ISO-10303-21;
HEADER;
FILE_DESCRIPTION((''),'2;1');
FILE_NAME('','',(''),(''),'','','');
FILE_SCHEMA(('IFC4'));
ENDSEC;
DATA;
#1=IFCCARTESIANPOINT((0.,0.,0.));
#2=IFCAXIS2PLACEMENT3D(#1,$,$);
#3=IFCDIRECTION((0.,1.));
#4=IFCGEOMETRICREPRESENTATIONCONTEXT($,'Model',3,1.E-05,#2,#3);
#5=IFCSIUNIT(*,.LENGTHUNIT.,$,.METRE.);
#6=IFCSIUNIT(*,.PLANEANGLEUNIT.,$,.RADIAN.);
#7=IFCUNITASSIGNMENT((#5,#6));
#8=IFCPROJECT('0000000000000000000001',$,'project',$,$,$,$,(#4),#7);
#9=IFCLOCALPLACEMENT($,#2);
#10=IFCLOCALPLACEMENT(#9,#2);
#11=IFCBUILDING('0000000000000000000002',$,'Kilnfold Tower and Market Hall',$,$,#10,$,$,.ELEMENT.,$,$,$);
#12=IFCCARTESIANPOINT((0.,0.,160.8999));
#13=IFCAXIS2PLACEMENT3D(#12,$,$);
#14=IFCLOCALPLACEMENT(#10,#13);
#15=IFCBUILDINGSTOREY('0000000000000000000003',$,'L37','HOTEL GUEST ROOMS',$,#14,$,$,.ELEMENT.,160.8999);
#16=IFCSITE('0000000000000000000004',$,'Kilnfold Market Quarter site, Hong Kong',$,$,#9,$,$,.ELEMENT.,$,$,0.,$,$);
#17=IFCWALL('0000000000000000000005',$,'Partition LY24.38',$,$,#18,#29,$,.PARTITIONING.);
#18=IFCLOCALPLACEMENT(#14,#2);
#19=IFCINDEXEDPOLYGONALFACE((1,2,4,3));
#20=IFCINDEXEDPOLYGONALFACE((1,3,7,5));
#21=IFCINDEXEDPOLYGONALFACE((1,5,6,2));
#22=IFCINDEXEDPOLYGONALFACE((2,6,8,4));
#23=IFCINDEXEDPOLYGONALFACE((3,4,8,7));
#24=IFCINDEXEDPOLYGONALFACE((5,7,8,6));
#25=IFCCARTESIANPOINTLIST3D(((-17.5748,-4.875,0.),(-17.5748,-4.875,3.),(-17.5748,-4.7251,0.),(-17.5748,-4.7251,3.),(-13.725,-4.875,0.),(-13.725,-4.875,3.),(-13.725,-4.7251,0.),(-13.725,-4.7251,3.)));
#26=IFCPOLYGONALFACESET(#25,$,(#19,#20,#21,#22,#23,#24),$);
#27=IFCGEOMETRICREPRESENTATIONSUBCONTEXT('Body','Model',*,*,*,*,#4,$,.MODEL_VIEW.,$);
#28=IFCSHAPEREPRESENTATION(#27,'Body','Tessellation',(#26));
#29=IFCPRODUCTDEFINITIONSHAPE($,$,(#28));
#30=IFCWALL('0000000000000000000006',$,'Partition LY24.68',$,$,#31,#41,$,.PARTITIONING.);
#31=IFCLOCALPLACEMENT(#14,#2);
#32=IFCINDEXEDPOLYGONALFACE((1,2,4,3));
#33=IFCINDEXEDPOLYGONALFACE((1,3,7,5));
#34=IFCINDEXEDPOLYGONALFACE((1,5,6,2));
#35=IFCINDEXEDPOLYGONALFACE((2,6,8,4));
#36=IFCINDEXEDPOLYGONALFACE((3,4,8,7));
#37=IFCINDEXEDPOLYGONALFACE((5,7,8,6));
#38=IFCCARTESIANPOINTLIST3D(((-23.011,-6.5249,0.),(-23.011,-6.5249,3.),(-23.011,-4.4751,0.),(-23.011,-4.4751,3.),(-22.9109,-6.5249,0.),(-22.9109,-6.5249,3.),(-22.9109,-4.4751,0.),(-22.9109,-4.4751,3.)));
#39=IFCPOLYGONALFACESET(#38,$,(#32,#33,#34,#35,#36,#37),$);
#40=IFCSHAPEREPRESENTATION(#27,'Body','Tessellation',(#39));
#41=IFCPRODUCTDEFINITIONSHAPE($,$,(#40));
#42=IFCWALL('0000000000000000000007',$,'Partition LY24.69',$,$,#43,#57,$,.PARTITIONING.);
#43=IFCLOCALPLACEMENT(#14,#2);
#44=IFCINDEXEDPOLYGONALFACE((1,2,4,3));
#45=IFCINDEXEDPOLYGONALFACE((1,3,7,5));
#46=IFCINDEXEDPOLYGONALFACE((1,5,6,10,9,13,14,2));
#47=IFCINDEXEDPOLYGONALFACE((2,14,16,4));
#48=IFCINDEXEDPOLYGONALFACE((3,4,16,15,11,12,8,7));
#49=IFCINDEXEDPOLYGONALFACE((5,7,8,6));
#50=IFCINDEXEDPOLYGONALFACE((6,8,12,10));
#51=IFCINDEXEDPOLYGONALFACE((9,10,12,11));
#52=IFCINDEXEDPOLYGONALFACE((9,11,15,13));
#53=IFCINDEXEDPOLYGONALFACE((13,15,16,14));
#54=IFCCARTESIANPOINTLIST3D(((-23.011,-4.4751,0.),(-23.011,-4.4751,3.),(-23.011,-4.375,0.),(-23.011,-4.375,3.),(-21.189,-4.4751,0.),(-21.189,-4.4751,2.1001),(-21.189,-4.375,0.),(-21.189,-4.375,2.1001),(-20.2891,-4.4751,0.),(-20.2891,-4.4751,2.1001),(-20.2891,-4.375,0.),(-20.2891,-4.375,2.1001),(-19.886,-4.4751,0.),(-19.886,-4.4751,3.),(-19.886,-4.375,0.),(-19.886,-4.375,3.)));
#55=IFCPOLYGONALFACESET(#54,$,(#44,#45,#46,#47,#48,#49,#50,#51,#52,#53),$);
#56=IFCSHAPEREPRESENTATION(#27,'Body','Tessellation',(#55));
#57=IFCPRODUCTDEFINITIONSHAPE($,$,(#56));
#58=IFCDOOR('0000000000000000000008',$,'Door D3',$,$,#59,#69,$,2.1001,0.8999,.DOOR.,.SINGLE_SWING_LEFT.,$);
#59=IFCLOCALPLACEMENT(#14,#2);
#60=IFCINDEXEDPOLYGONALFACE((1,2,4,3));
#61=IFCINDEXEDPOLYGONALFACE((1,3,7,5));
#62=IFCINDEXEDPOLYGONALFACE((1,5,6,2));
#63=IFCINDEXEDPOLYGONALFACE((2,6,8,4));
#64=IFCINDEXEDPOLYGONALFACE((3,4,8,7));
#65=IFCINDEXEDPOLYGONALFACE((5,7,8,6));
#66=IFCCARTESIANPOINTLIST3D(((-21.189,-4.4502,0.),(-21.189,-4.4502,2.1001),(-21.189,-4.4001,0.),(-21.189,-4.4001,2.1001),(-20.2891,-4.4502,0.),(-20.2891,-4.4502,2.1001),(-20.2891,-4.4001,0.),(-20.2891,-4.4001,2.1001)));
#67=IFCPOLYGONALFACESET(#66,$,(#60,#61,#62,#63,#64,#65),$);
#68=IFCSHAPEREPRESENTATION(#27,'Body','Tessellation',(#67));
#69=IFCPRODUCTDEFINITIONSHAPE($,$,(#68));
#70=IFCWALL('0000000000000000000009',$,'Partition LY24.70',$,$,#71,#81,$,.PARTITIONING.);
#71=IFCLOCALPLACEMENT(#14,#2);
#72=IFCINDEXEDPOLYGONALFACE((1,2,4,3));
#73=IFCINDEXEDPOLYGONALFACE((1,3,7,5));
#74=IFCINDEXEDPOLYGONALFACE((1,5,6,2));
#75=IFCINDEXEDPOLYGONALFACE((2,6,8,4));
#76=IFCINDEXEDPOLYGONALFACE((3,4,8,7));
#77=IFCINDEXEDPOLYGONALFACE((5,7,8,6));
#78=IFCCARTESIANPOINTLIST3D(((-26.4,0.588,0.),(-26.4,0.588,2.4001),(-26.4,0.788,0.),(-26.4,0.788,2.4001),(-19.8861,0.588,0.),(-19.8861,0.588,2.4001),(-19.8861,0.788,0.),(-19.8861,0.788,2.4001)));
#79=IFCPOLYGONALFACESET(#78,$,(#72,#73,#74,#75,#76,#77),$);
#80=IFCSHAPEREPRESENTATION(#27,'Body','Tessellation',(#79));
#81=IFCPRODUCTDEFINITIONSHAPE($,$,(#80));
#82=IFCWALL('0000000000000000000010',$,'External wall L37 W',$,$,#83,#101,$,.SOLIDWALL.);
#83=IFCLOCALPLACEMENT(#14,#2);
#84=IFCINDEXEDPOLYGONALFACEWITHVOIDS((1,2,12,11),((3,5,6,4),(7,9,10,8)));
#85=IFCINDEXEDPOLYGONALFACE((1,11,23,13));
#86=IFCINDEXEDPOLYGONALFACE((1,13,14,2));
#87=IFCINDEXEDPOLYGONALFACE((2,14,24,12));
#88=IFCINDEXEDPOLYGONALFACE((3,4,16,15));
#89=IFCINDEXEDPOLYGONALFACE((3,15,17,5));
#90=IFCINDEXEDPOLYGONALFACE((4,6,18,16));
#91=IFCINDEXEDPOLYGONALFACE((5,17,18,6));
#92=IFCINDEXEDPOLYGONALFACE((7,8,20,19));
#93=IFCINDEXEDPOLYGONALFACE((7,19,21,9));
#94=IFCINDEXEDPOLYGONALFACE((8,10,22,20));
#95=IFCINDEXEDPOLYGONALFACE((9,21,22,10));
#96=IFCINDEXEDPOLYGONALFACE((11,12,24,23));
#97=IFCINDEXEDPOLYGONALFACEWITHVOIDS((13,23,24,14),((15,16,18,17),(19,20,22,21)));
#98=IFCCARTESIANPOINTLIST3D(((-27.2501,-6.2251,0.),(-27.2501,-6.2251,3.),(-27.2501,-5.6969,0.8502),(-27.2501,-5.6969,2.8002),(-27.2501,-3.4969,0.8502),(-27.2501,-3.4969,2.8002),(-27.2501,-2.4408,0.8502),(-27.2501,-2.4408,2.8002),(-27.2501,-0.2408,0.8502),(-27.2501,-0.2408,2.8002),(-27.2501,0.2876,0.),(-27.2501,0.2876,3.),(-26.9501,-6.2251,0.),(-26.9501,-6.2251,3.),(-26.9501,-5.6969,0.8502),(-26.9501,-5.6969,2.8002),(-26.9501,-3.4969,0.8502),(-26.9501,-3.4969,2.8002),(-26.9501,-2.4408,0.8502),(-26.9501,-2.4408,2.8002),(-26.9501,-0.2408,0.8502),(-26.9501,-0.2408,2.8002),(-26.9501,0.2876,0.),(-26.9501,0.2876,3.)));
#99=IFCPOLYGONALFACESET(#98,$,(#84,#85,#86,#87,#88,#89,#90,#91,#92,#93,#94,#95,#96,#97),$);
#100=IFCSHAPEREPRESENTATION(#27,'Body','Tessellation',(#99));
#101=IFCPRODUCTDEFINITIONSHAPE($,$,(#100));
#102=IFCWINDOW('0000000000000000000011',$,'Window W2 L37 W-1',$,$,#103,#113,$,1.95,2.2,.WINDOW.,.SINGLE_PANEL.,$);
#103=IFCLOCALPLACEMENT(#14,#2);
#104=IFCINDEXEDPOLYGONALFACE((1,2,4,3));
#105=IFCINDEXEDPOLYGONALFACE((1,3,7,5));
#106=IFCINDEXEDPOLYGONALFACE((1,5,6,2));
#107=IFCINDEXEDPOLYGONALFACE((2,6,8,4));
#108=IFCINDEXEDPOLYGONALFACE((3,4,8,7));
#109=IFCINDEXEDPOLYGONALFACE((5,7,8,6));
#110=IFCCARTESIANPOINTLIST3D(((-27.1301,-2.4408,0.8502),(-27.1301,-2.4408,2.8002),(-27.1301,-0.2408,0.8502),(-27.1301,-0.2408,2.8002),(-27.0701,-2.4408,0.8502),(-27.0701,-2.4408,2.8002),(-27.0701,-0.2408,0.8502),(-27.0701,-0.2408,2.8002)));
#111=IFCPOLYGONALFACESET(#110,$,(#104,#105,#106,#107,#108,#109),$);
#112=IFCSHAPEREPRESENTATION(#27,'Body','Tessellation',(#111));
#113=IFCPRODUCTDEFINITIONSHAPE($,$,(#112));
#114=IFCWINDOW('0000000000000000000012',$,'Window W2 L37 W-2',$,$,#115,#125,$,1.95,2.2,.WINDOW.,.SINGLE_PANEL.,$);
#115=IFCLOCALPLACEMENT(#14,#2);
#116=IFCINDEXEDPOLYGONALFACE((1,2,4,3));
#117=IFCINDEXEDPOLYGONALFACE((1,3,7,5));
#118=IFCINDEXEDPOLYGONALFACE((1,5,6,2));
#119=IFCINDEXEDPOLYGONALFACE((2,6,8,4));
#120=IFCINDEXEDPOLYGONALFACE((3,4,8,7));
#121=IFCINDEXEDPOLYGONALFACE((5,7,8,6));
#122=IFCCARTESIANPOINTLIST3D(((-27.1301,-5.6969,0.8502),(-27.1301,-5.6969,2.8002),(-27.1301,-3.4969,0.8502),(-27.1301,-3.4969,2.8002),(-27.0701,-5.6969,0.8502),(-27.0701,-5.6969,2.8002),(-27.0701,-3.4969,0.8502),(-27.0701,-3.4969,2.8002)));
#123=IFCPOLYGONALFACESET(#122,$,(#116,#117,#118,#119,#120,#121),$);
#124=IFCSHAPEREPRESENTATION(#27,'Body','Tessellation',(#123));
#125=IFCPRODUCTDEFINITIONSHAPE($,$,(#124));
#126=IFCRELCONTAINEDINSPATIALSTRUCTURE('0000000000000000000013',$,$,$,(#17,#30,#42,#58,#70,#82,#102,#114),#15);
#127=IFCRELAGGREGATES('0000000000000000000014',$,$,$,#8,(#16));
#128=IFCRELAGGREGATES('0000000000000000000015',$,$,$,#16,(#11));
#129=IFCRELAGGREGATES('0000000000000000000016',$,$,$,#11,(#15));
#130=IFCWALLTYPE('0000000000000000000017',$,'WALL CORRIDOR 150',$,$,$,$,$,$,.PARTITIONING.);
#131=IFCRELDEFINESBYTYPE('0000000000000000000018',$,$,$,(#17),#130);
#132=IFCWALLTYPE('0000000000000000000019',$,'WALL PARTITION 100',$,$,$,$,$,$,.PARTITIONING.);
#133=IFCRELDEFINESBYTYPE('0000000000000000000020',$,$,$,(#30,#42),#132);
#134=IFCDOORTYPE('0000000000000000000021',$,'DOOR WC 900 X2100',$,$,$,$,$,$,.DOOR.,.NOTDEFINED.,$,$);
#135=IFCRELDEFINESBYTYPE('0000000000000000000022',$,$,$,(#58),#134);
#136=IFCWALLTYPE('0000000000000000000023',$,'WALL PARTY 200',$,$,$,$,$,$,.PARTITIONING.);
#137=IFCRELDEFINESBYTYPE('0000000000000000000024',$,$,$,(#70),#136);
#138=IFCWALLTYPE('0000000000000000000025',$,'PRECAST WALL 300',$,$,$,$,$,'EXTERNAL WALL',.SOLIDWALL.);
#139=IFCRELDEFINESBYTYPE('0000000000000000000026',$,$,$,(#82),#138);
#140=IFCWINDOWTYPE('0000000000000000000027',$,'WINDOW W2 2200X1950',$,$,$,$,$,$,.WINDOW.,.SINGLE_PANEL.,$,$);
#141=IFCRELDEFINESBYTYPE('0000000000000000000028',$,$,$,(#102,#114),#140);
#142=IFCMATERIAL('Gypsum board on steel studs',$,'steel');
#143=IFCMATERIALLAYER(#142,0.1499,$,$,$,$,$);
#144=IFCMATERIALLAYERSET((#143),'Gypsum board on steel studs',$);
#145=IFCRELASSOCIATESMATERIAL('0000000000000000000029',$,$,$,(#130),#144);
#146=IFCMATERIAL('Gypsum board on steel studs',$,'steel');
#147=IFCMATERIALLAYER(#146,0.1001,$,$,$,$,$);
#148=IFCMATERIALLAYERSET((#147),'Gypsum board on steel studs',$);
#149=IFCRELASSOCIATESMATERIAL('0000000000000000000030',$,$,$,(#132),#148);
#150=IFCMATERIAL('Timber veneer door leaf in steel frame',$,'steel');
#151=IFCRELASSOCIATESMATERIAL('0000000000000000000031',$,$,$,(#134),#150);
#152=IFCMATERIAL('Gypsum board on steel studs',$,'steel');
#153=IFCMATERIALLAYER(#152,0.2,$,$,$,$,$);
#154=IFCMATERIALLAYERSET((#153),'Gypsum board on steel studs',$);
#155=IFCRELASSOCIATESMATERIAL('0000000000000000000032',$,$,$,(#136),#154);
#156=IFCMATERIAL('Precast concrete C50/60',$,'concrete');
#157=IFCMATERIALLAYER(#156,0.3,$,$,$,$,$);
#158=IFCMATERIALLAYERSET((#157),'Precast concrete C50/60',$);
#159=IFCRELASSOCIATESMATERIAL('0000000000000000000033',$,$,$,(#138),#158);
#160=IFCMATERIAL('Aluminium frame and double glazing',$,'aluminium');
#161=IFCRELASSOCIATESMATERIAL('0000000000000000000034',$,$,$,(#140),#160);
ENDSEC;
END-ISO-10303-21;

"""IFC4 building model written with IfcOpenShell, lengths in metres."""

from ifc_helpers import new_model, si_unit, direction, frame, frame_2d, origin, place, context, subcontext, project, spatial, rectangle, extrude, source, transform, mapped, material, layer, layer_set, type_object, element, fill, save


model = new_model("IFC4")

# Units and contexts
model_context = context("Model", 3, precision=1e-05, world=origin(), true_north=direction((0.0, 1.0)))
body_context = subcontext(model_context, "Body", "Model", "MODEL_VIEW")
ifc_project = project(units=[si_unit("LENGTHUNIT", "METRE"), si_unit("PLANEANGLEUNIT", "RADIAN")], contexts=[model_context])

# Site, building, storey
site_placement = place(None, origin())
site = spatial("IfcSite", under=ifc_project, at=site_placement, Name="Kilnfold Market Quarter site, Hong Kong", CompositionType="ELEMENT", RefElevation=0.0)
building_placement = place(site_placement, origin())
building = spatial("IfcBuilding", under=site, at=building_placement, Name="Kilnfold Tower and Market Hall", CompositionType="ELEMENT")
storey_placement = place(building_placement, frame((0.0, 0.0, 160.8999)))
storey = spatial("IfcBuildingStorey", under=building, at=storey_placement, Name="L37", Description="HOTEL GUEST ROOMS", CompositionType="ELEMENT", Elevation=160.8999)

# Shared definitions
ifc_material_1 = material(Name="Gypsum board on steel studs", Category="steel")
ifc_layer_1 = layer(ifc_material_1, 0.1499)
ifc_layer_set_1 = layer_set([ifc_layer_1], Name="Gypsum board on steel studs")
wall_type_1 = type_object("IfcWallType", Name="WALL CORRIDOR 150", PredefinedType="PARTITIONING", material=ifc_layer_set_1)

# Walls
wall_1_placement = place(storey_placement, frame((-13.7251, -4.8, 0.0), z_axis=(0.0, 0.0, 1.0), x_axis=(-1.0, 0.0, 0.0)))
element("IfcWall", 1, at=wall_1_placement, inside=storey, type_object=wall_type_1, Name="Partition LY24.38", PredefinedType="PARTITIONING", context=body_context, shape_type="SweptSolid", body=[
    extrude(rectangle(XDim=3.8499, YDim=0.1499, at=frame_2d((1.9248, 0.0))), origin(), (0.0, 0.0, 1.0), 3.0),
])
ifc_material_2 = material(Name="Gypsum board on steel studs", Category="steel")
ifc_layer_2 = layer(ifc_material_2, 0.1001)
ifc_layer_set_2 = layer_set([ifc_layer_2], Name="Gypsum board on steel studs")
wall_type_2 = type_object("IfcWallType", Name="WALL PARTITION 100", PredefinedType="PARTITIONING", material=ifc_layer_set_2)
wall_2_placement = place(storey_placement, frame((-22.9609, -6.5249, 0.0), z_axis=(0.0, 0.0, 1.0), x_axis=(0.0, 1.0, 0.0)))
element("IfcWall", 2, at=wall_2_placement, inside=storey, type_object=wall_type_2, Name="Partition LY24.68", PredefinedType="PARTITIONING", context=body_context, shape_type="SweptSolid", body=[
    extrude(rectangle(XDim=2.0498, YDim=0.1001, at=frame_2d((1.0249, 0.0))), origin(), (0.0, 0.0, 1.0), 3.0),
])

# Wall, opening, door
wall_3_placement = place(storey_placement, frame((-23.011, -4.425, 0.0), z_axis=(0.0, 0.0, 1.0), x_axis=(1.0, 0.0, 0.0)))
wall_3 = element("IfcWall", 3, at=wall_3_placement, inside=storey, type_object=wall_type_2, Name="Partition LY24.69", PredefinedType="PARTITIONING", context=body_context, shape_type="SweptSolid", body=[
    extrude(rectangle(XDim=3.125, YDim=0.1001, at=frame_2d((1.5625, 0.0))), origin(), (0.0, 0.0, 1.0), 3.0),
])
opening_1_placement = place(wall_3_placement, frame((1.822, 0.0, 0.0)))
opening_1 = element("IfcOpeningElement", 4, at=opening_1_placement, cuts=wall_3, PredefinedType="OPENING", context=body_context, shape_type="SweptSolid", body=[
    extrude(rectangle(XDim=0.8999, YDim=2.1001, at=frame_2d((0.45, 1.05))), frame((0.0, 0.0601, 0.0), z_axis=(0.0, -1.0, 0.0), x_axis=(1.0, 0.0, 0.0)), (0.0, 0.0, 1.0), 0.1201),
])
ifc_material_3 = material(Name="Timber veneer door leaf in steel frame", Category="steel")
door_type_1 = type_object("IfcDoorType", Name="DOOR WC 900 X2100", OperationType="NOTDEFINED", PredefinedType="DOOR", material=ifc_material_3)
door_1_placement = place(opening_1_placement, origin())
door_1 = element("IfcDoor", 5, at=door_1_placement, inside=storey, type_object=door_type_1, Name="Door D3", OperationType="SINGLE_SWING_LEFT", OverallHeight=2.1001, OverallWidth=0.8999, PredefinedType="DOOR", context=body_context, shape_type="SweptSolid", body=[
    extrude(rectangle(XDim=0.8999, YDim=2.1001, at=frame_2d((0.45, 1.05))), frame((0.0, 0.0249, 0.0), z_axis=(0.0, -1.0, 0.0), x_axis=(1.0, 0.0, 0.0)), (0.0, 0.0, 1.0), 0.05),
])
fill(opening_1, door_1)

# Wall
ifc_material_4 = material(Name="Gypsum board on steel studs", Category="steel")
ifc_layer_3 = layer(ifc_material_4, 0.2)
ifc_layer_set_3 = layer_set([ifc_layer_3], Name="Gypsum board on steel studs")
wall_type_3 = type_object("IfcWallType", Name="WALL PARTY 200", PredefinedType="PARTITIONING", material=ifc_layer_set_3)
wall_4_placement = place(storey_placement, frame((-26.3999, 0.688, 0.0), z_axis=(0.0, 0.0, 1.0), x_axis=(1.0, 0.0, 0.0)))
element("IfcWall", 6, at=wall_4_placement, inside=storey, type_object=wall_type_3, Name="Partition LY24.70", PredefinedType="PARTITIONING", context=body_context, shape_type="SweptSolid", body=[
    extrude(rectangle(XDim=6.5139, YDim=0.2, at=frame_2d((3.2568, 0.0))), origin(), (0.0, 0.0, 1.0), 2.4001),
])

# Wall, openings, windows
ifc_material_5 = material(Name="Precast concrete C50/60", Category="concrete")
ifc_layer_4 = layer(ifc_material_5, 0.3)
ifc_layer_set_4 = layer_set([ifc_layer_4], Name="Precast concrete C50/60")
wall_type_4 = type_object("IfcWallType", Name="PRECAST WALL 300", ElementType="EXTERNAL WALL", PredefinedType="SOLIDWALL", material=ifc_layer_set_4)
shared_shape_1 = source(origin(), body_context, "Body", "SweptSolid", [
    extrude(rectangle(XDim=6.5127, YDim=0.3, at=frame_2d((3.2563, 0.0))), origin(), (0.0, 0.0, 1.0), 3.0),
])
wall_5_placement = place(storey_placement, frame((-27.1001, 0.2876, 0.0), z_axis=(0.0, 0.0, 1.0), x_axis=(0.0, -1.0, 0.0)))
wall_5 = element("IfcWall", 7, at=wall_5_placement, inside=storey, type_object=wall_type_4, Name="External wall L37 W", PredefinedType="SOLIDWALL", context=body_context, shape_type="MappedRepresentation", body=[
    mapped(shared_shape_1, transform((0.0, 0.0, 0.0))),
])
opening_2_placement = place(wall_5_placement, frame((0.5283, 0.0, 0.8501)))
opening_2 = element("IfcOpeningElement", 8, at=opening_2_placement, cuts=wall_5, PredefinedType="OPENING", context=body_context, shape_type="SweptSolid", body=[
    extrude(rectangle(XDim=2.2, YDim=1.95, at=frame_2d((1.1001, 0.9751))), frame((0.0, 0.1602, 0.0), z_axis=(0.0, -1.0, 0.0), x_axis=(1.0, 0.0, 0.0)), (0.0, 0.0, 1.0), 0.3201),
])
opening_3_placement = place(wall_5_placement, frame((3.7844, 0.0, 0.8501)))
opening_3 = element("IfcOpeningElement", 9, at=opening_3_placement, cuts=wall_5, PredefinedType="OPENING", context=body_context, shape_type="SweptSolid", body=[
    extrude(rectangle(XDim=2.2, YDim=1.95, at=frame_2d((1.1001, 0.9751))), frame((0.0, 0.1602, 0.0), z_axis=(0.0, -1.0, 0.0), x_axis=(1.0, 0.0, 0.0)), (0.0, 0.0, 1.0), 0.3201),
])
ifc_material_6 = material(Name="Aluminium frame and double glazing", Category="aluminium")
window_type = type_object("IfcWindowType", Name="WINDOW W2 2200X1950", PartitioningType="SINGLE_PANEL", PredefinedType="WINDOW", material=ifc_material_6)
window_1_placement = place(opening_2_placement, origin())
window_1 = element("IfcWindow", 10, at=window_1_placement, inside=storey, type_object=window_type, Name="Window W2 L37 W-1", OverallHeight=1.95, OverallWidth=2.2, PartitioningType="SINGLE_PANEL", PredefinedType="WINDOW", context=body_context, shape_type="SweptSolid", body=[
    extrude(rectangle(XDim=2.2, YDim=1.95, at=frame_2d((1.1001, 0.9751))), frame((0.0, 0.03, 0.0), z_axis=(0.0, -1.0, 0.0), x_axis=(1.0, 0.0, 0.0)), (0.0, 0.0, 1.0), 0.0601),
])
fill(opening_2, window_1)
window_2_placement = place(opening_3_placement, origin())
window_2 = element("IfcWindow", 11, at=window_2_placement, inside=storey, type_object=window_type, Name="Window W2 L37 W-2", OverallHeight=1.95, OverallWidth=2.2, PartitioningType="SINGLE_PANEL", PredefinedType="WINDOW", context=body_context, shape_type="SweptSolid", body=[
    extrude(rectangle(XDim=2.2, YDim=1.95, at=frame_2d((1.1001, 0.9751))), frame((0.0, 0.03, 0.0), z_axis=(0.0, -1.0, 0.0), x_axis=(1.0, 0.0, 0.0)), (0.0, 0.0, 1.0), 0.0601),
])
fill(opening_3, window_2)

save(model, "model.ifc")
